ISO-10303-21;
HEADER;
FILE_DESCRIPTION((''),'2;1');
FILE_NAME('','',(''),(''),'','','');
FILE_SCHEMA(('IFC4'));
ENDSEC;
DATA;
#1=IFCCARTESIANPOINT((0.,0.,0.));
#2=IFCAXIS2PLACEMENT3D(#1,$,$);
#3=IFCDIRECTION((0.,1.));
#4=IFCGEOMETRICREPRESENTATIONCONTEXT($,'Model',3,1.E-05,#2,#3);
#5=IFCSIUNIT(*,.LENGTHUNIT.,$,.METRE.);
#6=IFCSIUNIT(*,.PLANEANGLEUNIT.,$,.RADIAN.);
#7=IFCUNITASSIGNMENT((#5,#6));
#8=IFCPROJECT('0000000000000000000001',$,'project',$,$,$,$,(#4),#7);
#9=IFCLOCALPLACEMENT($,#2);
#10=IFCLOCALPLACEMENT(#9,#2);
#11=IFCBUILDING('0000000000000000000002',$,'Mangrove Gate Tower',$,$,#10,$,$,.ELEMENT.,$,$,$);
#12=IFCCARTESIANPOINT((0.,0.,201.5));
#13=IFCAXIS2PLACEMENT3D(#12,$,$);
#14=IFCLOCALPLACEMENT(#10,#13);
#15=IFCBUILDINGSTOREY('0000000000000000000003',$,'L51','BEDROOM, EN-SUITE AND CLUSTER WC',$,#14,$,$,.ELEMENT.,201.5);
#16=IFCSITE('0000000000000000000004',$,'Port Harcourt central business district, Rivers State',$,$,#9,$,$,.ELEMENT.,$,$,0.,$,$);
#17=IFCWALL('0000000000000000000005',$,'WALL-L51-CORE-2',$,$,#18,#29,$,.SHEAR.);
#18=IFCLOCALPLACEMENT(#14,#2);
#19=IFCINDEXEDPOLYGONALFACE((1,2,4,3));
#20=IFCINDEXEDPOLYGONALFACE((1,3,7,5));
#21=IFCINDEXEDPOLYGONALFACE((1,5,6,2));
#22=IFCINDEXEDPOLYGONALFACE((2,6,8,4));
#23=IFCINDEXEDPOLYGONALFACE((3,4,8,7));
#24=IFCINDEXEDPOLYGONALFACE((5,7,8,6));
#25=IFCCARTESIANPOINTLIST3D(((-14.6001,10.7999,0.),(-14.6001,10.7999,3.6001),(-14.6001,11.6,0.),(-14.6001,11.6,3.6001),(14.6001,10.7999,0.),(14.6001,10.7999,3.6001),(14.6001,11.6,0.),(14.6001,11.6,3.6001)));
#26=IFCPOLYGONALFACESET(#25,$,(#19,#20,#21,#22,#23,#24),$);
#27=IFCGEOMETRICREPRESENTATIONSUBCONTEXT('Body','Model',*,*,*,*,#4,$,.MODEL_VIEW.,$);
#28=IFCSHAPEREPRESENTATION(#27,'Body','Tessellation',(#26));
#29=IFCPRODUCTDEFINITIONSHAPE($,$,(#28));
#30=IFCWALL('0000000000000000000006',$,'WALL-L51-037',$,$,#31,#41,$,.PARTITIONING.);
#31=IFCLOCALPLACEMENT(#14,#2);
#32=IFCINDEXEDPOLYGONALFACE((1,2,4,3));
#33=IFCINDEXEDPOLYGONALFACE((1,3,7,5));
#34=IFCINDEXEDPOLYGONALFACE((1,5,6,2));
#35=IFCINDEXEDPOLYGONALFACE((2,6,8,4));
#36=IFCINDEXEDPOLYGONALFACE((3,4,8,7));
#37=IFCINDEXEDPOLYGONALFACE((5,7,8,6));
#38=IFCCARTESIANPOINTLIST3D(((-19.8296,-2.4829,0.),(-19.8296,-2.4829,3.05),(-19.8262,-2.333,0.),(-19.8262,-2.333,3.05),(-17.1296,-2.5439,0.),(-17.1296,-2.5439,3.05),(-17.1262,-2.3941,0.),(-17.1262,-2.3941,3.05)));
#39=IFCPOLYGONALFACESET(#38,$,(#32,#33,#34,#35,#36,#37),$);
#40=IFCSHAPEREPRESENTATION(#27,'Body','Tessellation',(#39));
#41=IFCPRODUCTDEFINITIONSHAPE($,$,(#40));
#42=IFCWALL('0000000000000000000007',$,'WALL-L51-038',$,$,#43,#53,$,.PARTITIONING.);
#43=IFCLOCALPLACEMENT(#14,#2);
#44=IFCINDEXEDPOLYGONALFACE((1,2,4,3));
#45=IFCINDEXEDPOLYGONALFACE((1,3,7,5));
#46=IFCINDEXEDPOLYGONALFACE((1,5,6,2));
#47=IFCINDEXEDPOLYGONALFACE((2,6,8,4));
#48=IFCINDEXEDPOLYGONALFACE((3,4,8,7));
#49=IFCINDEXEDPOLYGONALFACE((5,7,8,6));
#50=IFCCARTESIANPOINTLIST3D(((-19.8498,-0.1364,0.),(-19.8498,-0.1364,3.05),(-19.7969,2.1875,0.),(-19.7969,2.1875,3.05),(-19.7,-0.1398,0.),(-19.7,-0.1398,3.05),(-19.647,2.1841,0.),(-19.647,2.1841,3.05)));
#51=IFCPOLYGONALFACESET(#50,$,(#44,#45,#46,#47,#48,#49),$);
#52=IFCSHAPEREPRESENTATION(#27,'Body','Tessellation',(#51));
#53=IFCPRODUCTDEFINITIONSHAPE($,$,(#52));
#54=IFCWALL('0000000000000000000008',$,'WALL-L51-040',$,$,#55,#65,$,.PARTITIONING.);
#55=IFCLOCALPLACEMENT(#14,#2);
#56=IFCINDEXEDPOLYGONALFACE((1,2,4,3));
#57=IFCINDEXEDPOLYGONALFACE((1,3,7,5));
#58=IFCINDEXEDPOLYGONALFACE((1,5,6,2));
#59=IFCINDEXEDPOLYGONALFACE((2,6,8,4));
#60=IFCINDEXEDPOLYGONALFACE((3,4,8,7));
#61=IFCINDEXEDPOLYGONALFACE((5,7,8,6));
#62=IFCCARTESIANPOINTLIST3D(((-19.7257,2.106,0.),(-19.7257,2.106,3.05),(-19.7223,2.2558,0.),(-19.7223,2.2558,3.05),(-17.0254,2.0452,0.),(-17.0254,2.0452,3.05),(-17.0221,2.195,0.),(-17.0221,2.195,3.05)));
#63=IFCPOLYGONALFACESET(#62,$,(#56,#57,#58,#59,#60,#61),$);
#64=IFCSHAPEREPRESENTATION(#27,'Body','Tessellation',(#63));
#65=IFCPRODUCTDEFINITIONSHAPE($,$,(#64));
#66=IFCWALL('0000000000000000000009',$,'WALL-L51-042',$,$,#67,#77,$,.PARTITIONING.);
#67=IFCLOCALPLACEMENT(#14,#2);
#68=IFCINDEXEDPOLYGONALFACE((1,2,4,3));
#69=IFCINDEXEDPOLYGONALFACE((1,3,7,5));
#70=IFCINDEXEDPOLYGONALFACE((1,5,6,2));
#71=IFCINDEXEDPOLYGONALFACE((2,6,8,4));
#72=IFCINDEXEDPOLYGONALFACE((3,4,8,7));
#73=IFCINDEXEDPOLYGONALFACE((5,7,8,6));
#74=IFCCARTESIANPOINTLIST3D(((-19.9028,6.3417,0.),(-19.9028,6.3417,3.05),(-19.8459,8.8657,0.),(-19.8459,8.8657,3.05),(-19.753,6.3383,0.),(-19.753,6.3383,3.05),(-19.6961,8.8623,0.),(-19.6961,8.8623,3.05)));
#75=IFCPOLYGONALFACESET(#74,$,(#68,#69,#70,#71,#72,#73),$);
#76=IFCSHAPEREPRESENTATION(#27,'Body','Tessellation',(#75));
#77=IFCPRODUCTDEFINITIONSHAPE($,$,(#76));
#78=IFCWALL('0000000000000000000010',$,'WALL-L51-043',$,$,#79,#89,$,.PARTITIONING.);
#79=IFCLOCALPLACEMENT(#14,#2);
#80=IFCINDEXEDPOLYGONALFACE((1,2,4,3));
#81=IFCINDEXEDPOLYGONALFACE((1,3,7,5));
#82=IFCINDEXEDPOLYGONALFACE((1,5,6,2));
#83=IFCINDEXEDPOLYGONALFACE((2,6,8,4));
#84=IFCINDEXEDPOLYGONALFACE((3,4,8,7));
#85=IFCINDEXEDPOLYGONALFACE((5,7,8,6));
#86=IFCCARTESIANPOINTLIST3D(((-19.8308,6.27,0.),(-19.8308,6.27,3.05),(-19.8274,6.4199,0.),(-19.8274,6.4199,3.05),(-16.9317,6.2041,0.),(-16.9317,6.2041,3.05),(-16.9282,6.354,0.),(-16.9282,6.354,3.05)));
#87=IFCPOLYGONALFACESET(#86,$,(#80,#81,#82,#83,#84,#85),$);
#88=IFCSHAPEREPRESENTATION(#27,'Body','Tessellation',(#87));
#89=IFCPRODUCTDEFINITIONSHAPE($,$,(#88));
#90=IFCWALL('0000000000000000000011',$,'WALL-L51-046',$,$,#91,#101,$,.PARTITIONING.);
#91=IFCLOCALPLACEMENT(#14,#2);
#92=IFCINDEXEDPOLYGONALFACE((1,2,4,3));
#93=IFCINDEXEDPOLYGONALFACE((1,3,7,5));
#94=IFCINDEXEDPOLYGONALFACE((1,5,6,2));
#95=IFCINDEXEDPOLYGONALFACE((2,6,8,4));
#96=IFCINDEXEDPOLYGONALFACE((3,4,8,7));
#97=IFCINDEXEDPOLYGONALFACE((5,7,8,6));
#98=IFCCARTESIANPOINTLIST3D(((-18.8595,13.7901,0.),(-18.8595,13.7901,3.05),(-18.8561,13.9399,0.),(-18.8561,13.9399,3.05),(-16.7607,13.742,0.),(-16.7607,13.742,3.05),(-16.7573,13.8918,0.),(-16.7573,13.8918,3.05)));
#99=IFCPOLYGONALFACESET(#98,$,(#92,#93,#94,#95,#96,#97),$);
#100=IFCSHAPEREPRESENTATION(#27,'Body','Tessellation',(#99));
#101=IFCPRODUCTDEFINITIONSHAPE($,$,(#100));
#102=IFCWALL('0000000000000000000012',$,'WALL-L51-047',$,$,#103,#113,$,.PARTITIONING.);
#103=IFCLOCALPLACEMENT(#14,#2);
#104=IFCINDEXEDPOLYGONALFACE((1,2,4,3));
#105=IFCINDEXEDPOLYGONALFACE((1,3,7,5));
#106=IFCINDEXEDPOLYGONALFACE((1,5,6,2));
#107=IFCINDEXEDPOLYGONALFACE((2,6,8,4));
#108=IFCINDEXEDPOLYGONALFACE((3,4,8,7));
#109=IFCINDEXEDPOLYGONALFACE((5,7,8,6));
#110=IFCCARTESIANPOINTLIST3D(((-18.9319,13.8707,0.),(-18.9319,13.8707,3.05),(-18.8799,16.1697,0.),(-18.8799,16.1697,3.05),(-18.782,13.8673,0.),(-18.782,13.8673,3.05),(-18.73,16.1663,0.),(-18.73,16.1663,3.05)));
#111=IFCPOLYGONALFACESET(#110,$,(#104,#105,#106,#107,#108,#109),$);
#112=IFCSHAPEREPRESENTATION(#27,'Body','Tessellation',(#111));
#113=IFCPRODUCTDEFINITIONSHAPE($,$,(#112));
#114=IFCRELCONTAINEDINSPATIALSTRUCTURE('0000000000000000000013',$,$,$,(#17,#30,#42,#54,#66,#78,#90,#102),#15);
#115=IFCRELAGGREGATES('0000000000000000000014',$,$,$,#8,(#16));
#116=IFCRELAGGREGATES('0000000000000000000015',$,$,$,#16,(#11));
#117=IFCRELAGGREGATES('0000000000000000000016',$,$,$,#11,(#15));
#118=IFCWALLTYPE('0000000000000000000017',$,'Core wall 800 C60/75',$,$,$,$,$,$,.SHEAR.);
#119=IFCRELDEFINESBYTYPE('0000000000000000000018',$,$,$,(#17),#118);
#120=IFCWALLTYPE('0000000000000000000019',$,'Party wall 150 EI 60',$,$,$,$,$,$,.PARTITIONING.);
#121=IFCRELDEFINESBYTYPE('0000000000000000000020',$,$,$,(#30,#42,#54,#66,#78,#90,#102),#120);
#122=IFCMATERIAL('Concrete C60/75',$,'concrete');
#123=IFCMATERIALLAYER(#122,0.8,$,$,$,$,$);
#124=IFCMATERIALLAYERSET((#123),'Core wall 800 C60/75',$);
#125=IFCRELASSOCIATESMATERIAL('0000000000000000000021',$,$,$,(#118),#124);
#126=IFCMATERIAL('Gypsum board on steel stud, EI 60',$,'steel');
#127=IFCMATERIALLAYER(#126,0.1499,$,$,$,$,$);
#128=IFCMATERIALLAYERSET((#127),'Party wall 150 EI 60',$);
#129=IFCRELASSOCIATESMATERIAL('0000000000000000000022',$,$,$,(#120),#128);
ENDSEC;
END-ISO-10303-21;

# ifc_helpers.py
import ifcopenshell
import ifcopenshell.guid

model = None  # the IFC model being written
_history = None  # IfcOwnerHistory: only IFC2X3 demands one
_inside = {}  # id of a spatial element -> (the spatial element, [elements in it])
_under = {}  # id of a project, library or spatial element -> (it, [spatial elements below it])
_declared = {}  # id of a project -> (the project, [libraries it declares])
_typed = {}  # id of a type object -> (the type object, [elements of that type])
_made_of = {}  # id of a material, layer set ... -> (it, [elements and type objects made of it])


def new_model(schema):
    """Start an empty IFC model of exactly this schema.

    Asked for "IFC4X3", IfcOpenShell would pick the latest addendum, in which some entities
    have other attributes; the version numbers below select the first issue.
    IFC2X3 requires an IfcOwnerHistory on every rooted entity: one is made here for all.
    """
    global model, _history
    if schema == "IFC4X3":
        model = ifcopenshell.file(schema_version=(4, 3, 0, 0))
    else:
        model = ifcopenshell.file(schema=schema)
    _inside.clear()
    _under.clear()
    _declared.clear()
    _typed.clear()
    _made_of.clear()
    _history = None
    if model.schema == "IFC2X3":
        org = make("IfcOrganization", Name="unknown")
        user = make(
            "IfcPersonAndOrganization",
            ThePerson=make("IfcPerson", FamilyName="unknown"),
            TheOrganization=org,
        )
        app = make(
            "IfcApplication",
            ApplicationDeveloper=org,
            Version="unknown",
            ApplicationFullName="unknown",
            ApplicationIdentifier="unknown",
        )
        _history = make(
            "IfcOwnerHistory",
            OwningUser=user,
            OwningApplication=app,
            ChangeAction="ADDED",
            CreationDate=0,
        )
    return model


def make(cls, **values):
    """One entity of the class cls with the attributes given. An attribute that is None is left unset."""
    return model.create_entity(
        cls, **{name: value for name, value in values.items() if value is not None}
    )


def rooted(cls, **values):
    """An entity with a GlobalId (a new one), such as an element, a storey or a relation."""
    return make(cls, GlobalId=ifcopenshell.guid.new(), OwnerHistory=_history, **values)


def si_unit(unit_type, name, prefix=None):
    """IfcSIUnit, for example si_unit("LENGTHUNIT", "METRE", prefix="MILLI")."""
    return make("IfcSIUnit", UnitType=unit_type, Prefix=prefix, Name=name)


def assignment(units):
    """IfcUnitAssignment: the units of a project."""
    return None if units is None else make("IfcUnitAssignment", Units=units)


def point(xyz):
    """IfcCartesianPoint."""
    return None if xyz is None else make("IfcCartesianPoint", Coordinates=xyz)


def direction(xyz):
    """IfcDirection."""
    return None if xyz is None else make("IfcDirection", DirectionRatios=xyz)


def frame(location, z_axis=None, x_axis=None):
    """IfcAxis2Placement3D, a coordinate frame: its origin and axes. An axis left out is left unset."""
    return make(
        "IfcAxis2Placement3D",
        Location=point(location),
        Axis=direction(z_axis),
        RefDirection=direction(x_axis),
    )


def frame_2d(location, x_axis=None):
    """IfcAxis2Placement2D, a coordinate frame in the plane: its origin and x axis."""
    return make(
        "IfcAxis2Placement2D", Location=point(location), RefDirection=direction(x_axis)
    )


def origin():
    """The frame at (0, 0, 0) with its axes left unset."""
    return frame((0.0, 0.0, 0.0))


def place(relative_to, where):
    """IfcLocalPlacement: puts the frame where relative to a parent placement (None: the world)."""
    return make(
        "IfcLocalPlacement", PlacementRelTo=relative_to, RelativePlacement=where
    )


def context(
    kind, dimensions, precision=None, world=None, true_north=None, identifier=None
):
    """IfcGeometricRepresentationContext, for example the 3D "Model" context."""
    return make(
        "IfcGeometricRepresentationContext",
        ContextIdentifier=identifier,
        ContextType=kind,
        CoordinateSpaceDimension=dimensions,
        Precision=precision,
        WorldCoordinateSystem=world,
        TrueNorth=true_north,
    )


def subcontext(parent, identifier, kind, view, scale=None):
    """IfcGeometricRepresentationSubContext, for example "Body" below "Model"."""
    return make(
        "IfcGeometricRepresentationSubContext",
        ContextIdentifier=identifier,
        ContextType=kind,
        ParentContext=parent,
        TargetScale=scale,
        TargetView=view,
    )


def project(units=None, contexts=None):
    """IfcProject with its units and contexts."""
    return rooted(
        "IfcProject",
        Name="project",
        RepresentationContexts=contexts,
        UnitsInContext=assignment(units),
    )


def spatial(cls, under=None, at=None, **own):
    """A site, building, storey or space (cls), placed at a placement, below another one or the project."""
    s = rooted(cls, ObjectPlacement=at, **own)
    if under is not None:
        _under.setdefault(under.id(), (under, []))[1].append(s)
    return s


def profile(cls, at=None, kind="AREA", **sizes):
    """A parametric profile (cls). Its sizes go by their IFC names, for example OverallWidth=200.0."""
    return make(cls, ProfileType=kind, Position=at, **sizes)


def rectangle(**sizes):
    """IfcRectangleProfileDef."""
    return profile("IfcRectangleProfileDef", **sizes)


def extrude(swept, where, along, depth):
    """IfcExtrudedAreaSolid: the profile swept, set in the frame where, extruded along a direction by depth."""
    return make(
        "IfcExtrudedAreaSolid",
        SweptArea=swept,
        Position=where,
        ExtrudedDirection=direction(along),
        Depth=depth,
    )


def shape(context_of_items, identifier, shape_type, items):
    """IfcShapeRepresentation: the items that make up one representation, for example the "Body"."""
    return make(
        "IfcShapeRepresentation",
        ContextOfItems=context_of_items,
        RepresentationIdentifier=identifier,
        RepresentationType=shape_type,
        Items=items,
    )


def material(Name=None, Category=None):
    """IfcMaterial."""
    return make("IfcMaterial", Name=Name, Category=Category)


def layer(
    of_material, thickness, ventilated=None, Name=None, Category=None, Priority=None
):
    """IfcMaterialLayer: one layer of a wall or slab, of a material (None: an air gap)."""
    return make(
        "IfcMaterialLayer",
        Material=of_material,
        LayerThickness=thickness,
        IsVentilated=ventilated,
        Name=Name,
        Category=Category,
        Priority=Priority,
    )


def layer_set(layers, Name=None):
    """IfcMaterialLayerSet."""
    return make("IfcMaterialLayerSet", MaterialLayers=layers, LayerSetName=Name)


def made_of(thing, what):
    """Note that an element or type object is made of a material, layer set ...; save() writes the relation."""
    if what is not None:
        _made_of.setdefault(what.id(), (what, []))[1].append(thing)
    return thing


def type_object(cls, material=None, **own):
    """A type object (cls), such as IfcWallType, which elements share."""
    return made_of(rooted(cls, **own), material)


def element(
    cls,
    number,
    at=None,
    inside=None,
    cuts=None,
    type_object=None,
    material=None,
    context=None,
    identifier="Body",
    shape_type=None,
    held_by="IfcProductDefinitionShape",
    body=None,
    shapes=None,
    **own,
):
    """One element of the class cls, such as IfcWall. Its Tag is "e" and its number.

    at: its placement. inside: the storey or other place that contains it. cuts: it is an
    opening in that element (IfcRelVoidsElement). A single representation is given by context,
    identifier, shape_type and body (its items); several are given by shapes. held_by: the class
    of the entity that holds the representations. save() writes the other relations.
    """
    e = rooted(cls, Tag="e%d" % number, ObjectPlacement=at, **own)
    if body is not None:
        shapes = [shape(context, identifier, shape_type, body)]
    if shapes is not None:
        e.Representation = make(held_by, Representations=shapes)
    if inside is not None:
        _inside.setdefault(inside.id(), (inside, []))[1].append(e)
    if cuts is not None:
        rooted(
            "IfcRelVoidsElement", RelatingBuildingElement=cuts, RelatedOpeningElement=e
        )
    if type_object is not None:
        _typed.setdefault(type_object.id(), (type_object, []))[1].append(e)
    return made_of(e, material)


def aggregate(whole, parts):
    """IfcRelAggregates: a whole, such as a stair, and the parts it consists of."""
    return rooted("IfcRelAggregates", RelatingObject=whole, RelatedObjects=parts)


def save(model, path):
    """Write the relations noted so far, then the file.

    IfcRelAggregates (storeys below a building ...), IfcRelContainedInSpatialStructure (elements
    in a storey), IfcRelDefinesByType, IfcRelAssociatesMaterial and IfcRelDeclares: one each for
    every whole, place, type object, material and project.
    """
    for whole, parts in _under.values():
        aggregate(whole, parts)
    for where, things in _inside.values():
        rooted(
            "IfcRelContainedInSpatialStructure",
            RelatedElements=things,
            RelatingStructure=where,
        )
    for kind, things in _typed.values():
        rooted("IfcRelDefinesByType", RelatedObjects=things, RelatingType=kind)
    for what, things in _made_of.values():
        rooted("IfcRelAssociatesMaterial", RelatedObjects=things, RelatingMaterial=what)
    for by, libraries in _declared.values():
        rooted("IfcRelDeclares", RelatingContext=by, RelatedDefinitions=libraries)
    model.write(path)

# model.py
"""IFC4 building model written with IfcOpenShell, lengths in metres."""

from ifc_helpers import new_model, si_unit, direction, frame, frame_2d, origin, place, context, subcontext, project, spatial, rectangle, extrude, material, layer, layer_set, type_object, element, save


model = new_model("IFC4")

# Units and contexts
model_context = context("Model", 3, precision=1e-05, world=origin(), true_north=direction((0.0, 1.0)))
body_context = subcontext(model_context, "Body", "Model", "MODEL_VIEW")
ifc_project = project(units=[si_unit("LENGTHUNIT", "METRE"), si_unit("PLANEANGLEUNIT", "RADIAN")], contexts=[model_context])

# Site, building, storey
site_placement = place(None, origin())
site = spatial("IfcSite", under=ifc_project, at=site_placement, Name="Port Harcourt central business district, Rivers State", CompositionType="ELEMENT", RefElevation=0.0)
building_placement = place(site_placement, origin())
building = spatial("IfcBuilding", under=site, at=building_placement, Name="Mangrove Gate Tower", CompositionType="ELEMENT")
storey_placement = place(building_placement, frame((0.0, 0.0, 201.5)))
storey = spatial("IfcBuildingStorey", under=building, at=storey_placement, Name="L51", Description="BEDROOM, EN-SUITE AND CLUSTER WC", CompositionType="ELEMENT", Elevation=201.5)

# Walls
ifc_material_1 = material(Name="Concrete C60/75", Category="concrete")
ifc_layer_1 = layer(ifc_material_1, 0.8)
ifc_layer_set_1 = layer_set([ifc_layer_1], Name="Core wall 800 C60/75")
wall_type_1 = type_object("IfcWallType", Name="Core wall 800 C60/75", PredefinedType="SHEAR", material=ifc_layer_set_1)
wall_1_placement = place(storey_placement, frame((-14.6001, 11.2, 0.0), z_axis=(0.0, 0.0, 1.0), x_axis=(1.0, 0.0, 0.0)))
element("IfcWall", 1, at=wall_1_placement, inside=storey, type_object=wall_type_1, Name="WALL-L51-CORE-2", PredefinedType="SHEAR", context=body_context, shape_type="SweptSolid", body=[
    extrude(rectangle(XDim=29.2002, YDim=0.8, at=frame_2d((14.6001, 0.0))), origin(), (0.0, 0.0, 1.0), 3.6001),
])
ifc_material_2 = material(Name="Gypsum board on steel stud, EI 60", Category="steel")
ifc_layer_2 = layer(ifc_material_2, 0.1499)
ifc_layer_set_2 = layer_set([ifc_layer_2], Name="Party wall 150 EI 60")
wall_type_2 = type_object("IfcWallType", Name="Party wall 150 EI 60", PredefinedType="PARTITIONING", material=ifc_layer_set_2)
wall_2_placement = place(storey_placement, frame((-19.8279, -2.408, 0.0), z_axis=(0.0, 0.0, 1.0), x_axis=(0.999745, -0.0226, 0.0)))
element("IfcWall", 2, at=wall_2_placement, inside=storey, type_object=wall_type_2, Name="WALL-L51-037", PredefinedType="PARTITIONING", context=body_context, shape_type="SweptSolid", body=[
    extrude(rectangle(XDim=2.7007, YDim=0.1499, at=frame_2d((1.3503, 0.0))), origin(), (0.0, 0.0, 1.0), 3.05),
])
wall_3_placement = place(storey_placement, frame((-19.7749, -0.1379, 0.0), z_axis=(0.0, 0.0, 1.0), x_axis=(0.022791, 0.99974, 0.0)))
element("IfcWall", 3, at=wall_3_placement, inside=storey, type_object=wall_type_2, Name="WALL-L51-038", PredefinedType="PARTITIONING", context=body_context, shape_type="SweptSolid", body=[
    extrude(rectangle(XDim=2.3245, YDim=0.1499, at=frame_2d((1.1621, 0.0))), origin(), (0.0, 0.0, 1.0), 3.05),
])
wall_4_placement = place(storey_placement, frame((-19.7241, 2.1809, 0.0), z_axis=(0.0, 0.0, 1.0), x_axis=(0.999747, -0.022508, 0.0)))
element("IfcWall", 4, at=wall_4_placement, inside=storey, type_object=wall_type_2, Name="WALL-L51-040", PredefinedType="PARTITIONING", context=body_context, shape_type="SweptSolid", body=[
    extrude(rectangle(XDim=2.7009, YDim=0.1499, at=frame_2d((1.3506, 0.0))), origin(), (0.0, 0.0, 1.0), 3.05),
])
wall_5_placement = place(storey_placement, frame((-19.8279, 6.3401, 0.0), z_axis=(0.0, 0.0, 1.0), x_axis=(0.022532, 0.999746, 0.0)))
element("IfcWall", 5, at=wall_5_placement, inside=storey, type_object=wall_type_2, Name="WALL-L51-042", PredefinedType="PARTITIONING", context=body_context, shape_type="SweptSolid", body=[
    extrude(rectangle(XDim=2.5247, YDim=0.1499, at=frame_2d((1.2622, 0.0))), origin(), (0.0, 0.0, 1.0), 3.05),
])
wall_6_placement = place(storey_placement, frame((-19.8291, 6.345, 0.0), z_axis=(0.0, 0.0, 1.0), x_axis=(0.999742, -0.022731, 0.0)))
element("IfcWall", 6, at=wall_6_placement, inside=storey, type_object=wall_type_2, Name="WALL-L51-043", PredefinedType="PARTITIONING", context=body_context, shape_type="SweptSolid", body=[
    extrude(rectangle(XDim=2.8999, YDim=0.1499, at=frame_2d((1.45, 0.0))), origin(), (0.0, 0.0, 1.0), 3.05),
])
wall_7_placement = place(storey_placement, frame((-18.8579, 13.865, 0.0), z_axis=(0.0, 0.0, 1.0), x_axis=(0.999738, -0.022909, 0.0)))
element("IfcWall", 7, at=wall_7_placement, inside=storey, type_object=wall_type_2, Name="WALL-L51-046", PredefinedType="PARTITIONING", context=body_context, shape_type="SweptSolid", body=[
    extrude(rectangle(XDim=2.0994, YDim=0.1499, at=frame_2d((1.0498, 0.0))), origin(), (0.0, 0.0, 1.0), 3.05),
])
wall_8_placement = place(storey_placement, frame((-18.8569, 13.8689, 0.0), z_axis=(0.0, 0.0, 1.0), x_axis=(0.022613, 0.999744, 0.0)))
element("IfcWall", 8, at=wall_8_placement, inside=storey, type_object=wall_type_2, Name="WALL-L51-047", PredefinedType="PARTITIONING", context=body_context, shape_type="SweptSolid", body=[
    extrude(rectangle(XDim=2.2996, YDim=0.1499, at=frame_2d((1.1499, 0.0))), origin(), (0.0, 0.0, 1.0), 3.05),
])

save(model, "model.ifc")
